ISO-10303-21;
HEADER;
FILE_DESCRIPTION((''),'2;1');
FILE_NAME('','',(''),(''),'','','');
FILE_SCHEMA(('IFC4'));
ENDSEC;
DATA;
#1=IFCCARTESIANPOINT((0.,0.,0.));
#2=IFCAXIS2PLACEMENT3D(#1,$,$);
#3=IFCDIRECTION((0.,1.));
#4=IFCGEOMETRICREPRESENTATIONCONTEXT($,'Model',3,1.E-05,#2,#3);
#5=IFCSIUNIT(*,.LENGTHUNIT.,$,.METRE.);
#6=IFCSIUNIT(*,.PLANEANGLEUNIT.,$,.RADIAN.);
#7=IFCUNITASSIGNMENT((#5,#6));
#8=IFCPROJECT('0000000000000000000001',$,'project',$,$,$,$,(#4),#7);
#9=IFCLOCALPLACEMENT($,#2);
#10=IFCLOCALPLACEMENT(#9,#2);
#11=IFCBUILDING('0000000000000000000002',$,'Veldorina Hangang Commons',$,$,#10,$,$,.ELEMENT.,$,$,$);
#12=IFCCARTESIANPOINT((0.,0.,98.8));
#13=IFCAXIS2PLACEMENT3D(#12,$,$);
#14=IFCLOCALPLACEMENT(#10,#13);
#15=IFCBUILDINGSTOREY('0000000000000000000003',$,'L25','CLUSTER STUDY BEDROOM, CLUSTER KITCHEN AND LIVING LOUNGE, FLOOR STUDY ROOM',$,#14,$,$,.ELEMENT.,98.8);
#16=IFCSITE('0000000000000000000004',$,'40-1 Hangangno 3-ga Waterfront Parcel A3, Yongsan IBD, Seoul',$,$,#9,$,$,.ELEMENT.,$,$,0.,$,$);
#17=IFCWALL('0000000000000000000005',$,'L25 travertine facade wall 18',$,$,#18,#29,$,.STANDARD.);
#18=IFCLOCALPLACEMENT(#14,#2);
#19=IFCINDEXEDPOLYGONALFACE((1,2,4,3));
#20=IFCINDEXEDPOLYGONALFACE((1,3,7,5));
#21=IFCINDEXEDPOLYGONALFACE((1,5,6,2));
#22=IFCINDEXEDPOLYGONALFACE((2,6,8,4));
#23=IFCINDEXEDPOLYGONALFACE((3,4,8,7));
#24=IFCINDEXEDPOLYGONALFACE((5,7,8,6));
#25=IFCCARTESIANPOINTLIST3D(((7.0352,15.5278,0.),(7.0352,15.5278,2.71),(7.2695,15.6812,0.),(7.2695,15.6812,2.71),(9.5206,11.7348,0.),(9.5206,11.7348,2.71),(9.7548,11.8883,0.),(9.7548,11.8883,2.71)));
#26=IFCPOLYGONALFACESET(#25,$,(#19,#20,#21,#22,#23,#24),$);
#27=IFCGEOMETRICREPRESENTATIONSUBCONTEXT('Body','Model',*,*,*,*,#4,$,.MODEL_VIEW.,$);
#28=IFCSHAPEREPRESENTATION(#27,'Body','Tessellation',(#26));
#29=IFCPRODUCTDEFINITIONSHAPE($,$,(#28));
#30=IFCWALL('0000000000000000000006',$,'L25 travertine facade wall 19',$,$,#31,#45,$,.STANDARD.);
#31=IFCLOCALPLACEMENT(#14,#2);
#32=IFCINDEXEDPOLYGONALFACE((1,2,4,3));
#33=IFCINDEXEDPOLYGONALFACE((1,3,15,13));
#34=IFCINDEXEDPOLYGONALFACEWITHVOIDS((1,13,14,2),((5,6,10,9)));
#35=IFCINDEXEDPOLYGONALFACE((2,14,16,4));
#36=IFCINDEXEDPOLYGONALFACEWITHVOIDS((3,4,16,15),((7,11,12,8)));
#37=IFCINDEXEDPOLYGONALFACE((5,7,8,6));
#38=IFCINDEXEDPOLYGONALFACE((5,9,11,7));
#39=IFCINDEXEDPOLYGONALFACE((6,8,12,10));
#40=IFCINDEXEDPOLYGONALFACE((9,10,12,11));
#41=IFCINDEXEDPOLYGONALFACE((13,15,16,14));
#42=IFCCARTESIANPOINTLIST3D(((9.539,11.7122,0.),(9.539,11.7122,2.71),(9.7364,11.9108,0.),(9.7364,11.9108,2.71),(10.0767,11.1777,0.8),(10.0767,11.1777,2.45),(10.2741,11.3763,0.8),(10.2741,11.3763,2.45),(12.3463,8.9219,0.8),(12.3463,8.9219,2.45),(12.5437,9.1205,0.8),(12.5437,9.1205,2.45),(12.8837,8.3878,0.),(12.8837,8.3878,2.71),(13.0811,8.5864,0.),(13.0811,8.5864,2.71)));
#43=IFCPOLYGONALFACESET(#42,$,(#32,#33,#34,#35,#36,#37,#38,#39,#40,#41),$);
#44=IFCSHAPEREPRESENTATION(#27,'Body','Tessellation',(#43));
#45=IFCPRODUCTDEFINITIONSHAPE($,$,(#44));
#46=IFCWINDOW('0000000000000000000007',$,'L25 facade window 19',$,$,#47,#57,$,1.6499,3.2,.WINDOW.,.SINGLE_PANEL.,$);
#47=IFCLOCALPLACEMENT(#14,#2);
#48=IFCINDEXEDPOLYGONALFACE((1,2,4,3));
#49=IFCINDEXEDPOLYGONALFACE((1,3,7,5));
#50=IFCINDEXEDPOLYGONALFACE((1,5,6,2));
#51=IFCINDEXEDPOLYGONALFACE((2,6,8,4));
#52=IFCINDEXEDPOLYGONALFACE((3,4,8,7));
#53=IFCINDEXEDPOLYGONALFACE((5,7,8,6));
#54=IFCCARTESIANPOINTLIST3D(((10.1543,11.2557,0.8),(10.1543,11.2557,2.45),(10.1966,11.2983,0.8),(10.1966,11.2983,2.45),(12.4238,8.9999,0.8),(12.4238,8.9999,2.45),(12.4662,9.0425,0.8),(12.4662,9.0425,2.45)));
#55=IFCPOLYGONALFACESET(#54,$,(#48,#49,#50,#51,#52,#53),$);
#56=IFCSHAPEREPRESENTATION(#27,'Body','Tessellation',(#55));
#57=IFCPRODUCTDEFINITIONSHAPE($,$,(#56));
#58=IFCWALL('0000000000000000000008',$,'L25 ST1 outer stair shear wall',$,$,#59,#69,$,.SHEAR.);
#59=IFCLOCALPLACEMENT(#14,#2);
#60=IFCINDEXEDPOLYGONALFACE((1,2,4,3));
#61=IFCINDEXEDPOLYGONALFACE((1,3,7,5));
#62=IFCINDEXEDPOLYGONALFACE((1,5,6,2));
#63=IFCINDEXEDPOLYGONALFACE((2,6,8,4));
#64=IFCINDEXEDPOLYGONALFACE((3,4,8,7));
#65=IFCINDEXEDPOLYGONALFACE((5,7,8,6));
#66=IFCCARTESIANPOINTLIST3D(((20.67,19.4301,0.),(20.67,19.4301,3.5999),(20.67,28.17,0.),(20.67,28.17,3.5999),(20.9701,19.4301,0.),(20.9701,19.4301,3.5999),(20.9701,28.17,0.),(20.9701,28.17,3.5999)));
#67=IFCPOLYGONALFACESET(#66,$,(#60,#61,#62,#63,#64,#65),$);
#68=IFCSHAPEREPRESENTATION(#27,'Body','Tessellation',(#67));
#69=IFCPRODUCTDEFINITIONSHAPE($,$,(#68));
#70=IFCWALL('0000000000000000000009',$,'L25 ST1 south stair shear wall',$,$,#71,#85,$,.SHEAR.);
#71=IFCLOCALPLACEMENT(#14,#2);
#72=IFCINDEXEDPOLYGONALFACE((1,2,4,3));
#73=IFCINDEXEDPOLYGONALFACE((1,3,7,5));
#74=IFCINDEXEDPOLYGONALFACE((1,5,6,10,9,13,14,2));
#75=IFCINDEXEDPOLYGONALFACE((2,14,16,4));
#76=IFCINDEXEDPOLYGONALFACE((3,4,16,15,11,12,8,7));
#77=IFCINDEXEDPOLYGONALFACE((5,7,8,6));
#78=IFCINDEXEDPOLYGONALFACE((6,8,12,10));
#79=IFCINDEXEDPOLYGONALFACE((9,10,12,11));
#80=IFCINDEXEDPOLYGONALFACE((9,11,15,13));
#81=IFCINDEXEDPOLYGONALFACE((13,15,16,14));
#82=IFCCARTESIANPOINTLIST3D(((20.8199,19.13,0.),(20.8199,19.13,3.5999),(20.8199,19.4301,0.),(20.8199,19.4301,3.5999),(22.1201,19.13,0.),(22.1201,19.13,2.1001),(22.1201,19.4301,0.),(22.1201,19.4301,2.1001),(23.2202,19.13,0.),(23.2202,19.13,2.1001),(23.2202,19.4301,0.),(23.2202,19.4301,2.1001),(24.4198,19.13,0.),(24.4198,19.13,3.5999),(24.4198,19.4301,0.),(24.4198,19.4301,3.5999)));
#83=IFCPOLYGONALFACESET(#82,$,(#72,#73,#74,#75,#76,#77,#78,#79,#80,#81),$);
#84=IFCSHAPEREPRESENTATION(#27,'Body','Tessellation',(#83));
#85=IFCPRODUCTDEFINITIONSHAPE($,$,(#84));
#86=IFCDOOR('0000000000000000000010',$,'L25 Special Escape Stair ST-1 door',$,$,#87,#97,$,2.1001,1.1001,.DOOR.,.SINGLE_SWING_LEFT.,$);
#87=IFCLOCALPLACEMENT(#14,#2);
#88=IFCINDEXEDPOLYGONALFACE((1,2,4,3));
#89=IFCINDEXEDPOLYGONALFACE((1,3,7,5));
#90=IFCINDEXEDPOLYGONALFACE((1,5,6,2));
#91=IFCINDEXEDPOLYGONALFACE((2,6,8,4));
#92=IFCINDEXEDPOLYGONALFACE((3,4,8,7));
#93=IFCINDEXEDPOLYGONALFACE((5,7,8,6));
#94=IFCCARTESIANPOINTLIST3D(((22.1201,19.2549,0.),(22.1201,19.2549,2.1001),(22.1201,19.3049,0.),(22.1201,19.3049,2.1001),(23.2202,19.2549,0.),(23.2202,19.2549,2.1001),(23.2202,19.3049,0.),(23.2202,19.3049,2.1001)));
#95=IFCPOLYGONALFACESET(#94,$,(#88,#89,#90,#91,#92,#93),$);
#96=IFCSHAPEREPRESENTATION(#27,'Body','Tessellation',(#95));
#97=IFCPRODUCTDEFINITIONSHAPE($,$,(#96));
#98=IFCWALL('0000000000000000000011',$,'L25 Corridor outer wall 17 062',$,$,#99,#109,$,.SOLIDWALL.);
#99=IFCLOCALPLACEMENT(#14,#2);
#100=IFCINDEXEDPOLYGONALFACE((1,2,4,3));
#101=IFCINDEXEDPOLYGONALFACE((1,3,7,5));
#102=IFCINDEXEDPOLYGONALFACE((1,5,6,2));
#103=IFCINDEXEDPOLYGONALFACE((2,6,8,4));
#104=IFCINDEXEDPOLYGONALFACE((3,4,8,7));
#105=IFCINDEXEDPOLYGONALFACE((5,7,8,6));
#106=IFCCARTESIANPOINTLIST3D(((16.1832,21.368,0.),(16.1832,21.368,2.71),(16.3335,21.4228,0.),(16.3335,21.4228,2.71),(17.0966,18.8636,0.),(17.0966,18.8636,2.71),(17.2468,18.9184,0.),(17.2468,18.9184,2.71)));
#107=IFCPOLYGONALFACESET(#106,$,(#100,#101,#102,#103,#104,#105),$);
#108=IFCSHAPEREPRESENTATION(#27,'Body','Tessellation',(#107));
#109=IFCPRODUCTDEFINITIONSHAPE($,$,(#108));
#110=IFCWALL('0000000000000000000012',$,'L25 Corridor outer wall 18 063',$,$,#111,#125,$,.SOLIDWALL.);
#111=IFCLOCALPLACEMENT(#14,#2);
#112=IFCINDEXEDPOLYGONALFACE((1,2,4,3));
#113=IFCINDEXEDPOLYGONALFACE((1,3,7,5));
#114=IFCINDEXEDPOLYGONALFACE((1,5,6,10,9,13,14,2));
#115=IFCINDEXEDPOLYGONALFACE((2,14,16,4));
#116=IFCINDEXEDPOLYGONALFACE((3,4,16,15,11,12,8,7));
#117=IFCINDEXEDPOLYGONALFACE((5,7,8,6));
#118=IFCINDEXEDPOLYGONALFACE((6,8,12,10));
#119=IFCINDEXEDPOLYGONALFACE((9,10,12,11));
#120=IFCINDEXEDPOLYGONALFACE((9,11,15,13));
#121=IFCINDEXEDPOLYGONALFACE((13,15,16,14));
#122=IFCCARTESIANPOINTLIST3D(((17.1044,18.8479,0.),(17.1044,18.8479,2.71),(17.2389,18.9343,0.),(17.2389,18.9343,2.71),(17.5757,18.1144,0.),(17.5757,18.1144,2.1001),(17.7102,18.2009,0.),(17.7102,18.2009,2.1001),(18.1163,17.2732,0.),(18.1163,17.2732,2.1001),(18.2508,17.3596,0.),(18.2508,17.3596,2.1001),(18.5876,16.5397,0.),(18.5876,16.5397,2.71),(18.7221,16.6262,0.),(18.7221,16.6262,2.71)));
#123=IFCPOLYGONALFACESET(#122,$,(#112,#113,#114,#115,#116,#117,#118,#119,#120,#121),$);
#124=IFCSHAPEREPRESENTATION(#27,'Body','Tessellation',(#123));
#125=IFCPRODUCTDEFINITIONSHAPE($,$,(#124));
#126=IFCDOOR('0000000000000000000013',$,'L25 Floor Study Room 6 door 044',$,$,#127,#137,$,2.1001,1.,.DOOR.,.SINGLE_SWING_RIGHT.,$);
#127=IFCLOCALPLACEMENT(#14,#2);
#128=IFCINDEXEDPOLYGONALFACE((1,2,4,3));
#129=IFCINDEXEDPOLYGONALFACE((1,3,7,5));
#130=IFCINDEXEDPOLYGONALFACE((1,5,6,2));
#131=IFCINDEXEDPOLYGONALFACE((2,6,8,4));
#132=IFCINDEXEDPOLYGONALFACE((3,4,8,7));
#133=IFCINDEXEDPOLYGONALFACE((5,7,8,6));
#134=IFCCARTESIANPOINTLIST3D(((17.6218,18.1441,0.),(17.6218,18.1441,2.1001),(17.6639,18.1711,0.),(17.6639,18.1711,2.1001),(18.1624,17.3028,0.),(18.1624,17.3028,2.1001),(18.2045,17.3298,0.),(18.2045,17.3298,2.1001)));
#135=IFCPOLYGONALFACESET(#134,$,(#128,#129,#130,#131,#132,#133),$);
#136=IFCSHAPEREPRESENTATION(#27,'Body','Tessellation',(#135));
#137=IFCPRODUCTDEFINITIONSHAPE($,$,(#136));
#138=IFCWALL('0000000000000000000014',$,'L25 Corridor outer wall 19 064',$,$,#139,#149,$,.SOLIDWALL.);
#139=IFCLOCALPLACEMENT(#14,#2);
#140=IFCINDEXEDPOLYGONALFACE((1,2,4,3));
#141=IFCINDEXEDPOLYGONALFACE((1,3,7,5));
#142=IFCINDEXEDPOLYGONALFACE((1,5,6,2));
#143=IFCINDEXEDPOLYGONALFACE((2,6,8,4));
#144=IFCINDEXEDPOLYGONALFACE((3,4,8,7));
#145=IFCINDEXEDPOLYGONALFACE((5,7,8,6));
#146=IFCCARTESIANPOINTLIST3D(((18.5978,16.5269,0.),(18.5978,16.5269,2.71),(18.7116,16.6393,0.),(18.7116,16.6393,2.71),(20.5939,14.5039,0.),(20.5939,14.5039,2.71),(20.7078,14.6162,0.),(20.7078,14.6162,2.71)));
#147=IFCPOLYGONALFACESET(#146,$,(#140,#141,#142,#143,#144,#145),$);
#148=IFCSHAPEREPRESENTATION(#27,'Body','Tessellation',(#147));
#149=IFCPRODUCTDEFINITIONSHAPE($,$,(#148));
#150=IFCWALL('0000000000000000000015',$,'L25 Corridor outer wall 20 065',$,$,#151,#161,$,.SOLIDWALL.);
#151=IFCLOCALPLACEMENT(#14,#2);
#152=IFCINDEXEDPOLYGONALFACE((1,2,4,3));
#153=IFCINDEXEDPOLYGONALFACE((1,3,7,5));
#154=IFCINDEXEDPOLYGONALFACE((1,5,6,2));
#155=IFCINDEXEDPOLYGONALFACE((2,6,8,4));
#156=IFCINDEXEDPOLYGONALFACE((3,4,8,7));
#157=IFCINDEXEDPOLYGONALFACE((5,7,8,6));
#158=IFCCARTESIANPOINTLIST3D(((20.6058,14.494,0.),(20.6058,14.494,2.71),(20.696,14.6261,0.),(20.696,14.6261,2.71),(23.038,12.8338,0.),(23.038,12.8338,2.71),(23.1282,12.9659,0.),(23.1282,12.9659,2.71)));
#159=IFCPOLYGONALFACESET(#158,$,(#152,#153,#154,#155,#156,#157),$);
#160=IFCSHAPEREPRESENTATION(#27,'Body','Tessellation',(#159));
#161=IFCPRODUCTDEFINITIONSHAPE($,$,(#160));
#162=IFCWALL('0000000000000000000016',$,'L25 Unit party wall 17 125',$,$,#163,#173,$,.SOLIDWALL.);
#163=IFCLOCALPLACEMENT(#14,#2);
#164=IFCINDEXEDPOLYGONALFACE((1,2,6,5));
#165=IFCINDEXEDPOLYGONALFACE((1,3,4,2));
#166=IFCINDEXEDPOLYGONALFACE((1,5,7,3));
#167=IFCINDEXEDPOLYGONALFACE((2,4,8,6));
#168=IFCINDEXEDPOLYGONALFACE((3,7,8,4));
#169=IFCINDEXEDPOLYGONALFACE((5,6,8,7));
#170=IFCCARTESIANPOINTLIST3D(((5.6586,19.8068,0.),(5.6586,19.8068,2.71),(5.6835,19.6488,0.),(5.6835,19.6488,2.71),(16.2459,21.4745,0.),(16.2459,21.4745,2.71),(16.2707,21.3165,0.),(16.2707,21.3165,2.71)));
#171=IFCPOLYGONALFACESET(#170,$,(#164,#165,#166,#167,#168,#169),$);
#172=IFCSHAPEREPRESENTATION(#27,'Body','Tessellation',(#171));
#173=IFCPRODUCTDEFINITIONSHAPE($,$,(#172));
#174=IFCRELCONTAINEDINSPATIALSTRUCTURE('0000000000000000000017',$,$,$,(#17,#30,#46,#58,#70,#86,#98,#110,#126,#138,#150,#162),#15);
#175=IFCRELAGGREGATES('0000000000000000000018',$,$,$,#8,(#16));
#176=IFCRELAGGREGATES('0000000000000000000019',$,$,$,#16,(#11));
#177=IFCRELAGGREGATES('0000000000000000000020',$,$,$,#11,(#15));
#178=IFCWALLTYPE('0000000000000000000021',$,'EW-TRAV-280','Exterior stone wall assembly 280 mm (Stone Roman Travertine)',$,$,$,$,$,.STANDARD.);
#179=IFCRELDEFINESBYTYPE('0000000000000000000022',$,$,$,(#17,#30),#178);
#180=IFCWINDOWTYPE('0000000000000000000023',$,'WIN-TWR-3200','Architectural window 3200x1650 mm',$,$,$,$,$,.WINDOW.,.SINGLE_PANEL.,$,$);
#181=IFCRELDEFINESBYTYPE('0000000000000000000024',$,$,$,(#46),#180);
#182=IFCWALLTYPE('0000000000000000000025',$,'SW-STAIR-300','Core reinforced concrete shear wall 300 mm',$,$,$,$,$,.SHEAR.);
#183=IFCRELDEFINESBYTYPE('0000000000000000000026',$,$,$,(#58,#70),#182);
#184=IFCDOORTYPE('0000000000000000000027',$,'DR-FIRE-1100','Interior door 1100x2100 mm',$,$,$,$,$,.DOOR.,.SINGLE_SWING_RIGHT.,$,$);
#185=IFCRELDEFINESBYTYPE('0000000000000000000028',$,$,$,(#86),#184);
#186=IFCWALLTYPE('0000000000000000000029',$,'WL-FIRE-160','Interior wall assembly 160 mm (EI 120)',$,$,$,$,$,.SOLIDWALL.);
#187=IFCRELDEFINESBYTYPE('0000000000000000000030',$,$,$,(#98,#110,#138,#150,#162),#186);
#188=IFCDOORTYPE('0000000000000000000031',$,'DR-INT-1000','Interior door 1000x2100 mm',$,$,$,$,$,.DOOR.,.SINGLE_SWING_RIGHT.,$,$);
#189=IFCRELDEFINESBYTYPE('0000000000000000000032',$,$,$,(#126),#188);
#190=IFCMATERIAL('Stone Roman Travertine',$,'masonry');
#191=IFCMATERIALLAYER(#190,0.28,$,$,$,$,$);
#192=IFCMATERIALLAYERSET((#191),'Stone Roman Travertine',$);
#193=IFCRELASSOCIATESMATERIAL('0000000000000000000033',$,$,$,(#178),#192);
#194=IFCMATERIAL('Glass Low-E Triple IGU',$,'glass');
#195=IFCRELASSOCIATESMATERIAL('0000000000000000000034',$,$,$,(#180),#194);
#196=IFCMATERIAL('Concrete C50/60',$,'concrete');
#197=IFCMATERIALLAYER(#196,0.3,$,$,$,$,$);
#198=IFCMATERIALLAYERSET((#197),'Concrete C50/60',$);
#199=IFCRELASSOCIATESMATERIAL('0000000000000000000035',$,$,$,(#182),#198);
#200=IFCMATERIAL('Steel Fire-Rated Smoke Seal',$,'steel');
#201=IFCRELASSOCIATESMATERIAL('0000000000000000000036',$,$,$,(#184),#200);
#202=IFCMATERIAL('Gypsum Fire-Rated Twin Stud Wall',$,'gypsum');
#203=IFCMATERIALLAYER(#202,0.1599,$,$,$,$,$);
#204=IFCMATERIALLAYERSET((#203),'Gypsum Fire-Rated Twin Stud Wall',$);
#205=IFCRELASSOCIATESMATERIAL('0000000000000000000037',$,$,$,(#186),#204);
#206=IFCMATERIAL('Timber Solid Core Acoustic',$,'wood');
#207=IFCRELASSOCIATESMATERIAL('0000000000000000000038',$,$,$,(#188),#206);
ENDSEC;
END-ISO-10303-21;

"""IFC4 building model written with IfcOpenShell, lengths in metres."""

from ifc_helpers import new_model, si_unit, direction, frame, frame_2d, origin, place, context, subcontext, project, spatial, rectangle, extrude, material, layer, layer_set, type_object, element, fill, save


model = new_model("IFC4")

# Units and contexts
model_context = context("Model", 3, precision=1e-05, world=origin(), true_north=direction((0.0, 1.0)))
body_context = subcontext(model_context, "Body", "Model", "MODEL_VIEW")
ifc_project = project(units=[si_unit("LENGTHUNIT", "METRE"), si_unit("PLANEANGLEUNIT", "RADIAN")], contexts=[model_context])

# Site, building, storey
site_placement = place(None, origin())
site = spatial("IfcSite", under=ifc_project, at=site_placement, Name="40-1 Hangangno 3-ga Waterfront Parcel A3, Yongsan IBD, Seoul", CompositionType="ELEMENT", RefElevation=0.0)
building_placement = place(site_placement, origin())
building = spatial("IfcBuilding", under=site, at=building_placement, Name="Veldorina Hangang Commons", CompositionType="ELEMENT")
storey_placement = place(building_placement, frame((0.0, 0.0, 98.8)))
storey = spatial("IfcBuildingStorey", under=building, at=storey_placement, Name="L25", Description="CLUSTER STUDY BEDROOM, CLUSTER KITCHEN AND LIVING LOUNGE, FLOOR STUDY ROOM", CompositionType="ELEMENT", Elevation=98.8)

# Wall
ifc_material_1 = material(Name="Stone Roman Travertine", Category="masonry")
ifc_layer_1 = layer(ifc_material_1, 0.28)
ifc_layer_set_1 = layer_set([ifc_layer_1], Name="Stone Roman Travertine")
wall_type_1 = type_object("IfcWallType", Name="EW-TRAV-280", Description="Exterior stone wall assembly 280 mm (Stone Roman Travertine)", PredefinedType="STANDARD", material=ifc_layer_set_1)
wall_1_placement = place(storey_placement, frame((7.1523, 15.6045, 0.0), z_axis=(0.0, 0.0, 1.0), x_axis=(0.548073, -0.83643, 0.0)))
element("IfcWall", 1, at=wall_1_placement, inside=storey, type_object=wall_type_1, Name="L25 travertine facade wall 18", PredefinedType="STANDARD", context=body_context, shape_type="SweptSolid", body=[
    extrude(rectangle(XDim=4.5347, YDim=0.28, at=frame_2d((2.2673, 0.0))), origin(), (0.0, 0.0, 1.0), 2.71),
])

# Wall, opening, window
wall_2_placement = place(storey_placement, frame((9.6377, 11.8115, 0.0), z_axis=(0.0, 0.0, 1.0), x_axis=(0.709252, -0.704955, 0.0)))
wall_2 = element("IfcWall", 2, at=wall_2_placement, inside=storey, type_object=wall_type_1, Name="L25 travertine facade wall 19", PredefinedType="STANDARD", context=body_context, shape_type="SweptSolid", body=[
    extrude(rectangle(XDim=4.7158, YDim=0.28, at=frame_2d((2.3579, 0.0))), origin(), (0.0, 0.0, 1.0), 2.71),
])
opening_1_placement = place(wall_2_placement, frame((0.7581, 0.0, 0.8)))
opening_1 = element("IfcOpeningElement", 3, at=opening_1_placement, cuts=wall_2, PredefinedType="OPENING", context=body_context, shape_type="SweptSolid", body=[
    extrude(rectangle(XDim=3.2, YDim=1.6499, at=frame_2d((1.6001, 0.825))), frame((0.0, 0.1499, 0.0), z_axis=(0.0, -1.0, 0.0), x_axis=(1.0, 0.0, 0.0)), (0.0, 0.0, 1.0), 0.3),
])
ifc_material_2 = material(Name="Glass Low-E Triple IGU", Category="glass")
window_type = type_object("IfcWindowType", Name="WIN-TWR-3200", Description="Architectural window 3200x1650 mm", PartitioningType="SINGLE_PANEL", PredefinedType="WINDOW", material=ifc_material_2)
window_placement = place(opening_1_placement, origin())
window = element("IfcWindow", 4, at=window_placement, inside=storey, type_object=window_type, Name="L25 facade window 19", OverallHeight=1.6499, OverallWidth=3.2, PartitioningType="SINGLE_PANEL", PredefinedType="WINDOW", context=body_context, shape_type="SweptSolid", body=[
    extrude(rectangle(XDim=3.2, YDim=1.6499, at=frame_2d((1.6001, 0.825))), frame((0.0, 0.03, 0.0), z_axis=(0.0, -1.0, 0.0), x_axis=(1.0, 0.0, 0.0)), (0.0, 0.0, 1.0), 0.0601),
])
fill(opening_1, window)

# Wall
ifc_material_3 = material(Name="Concrete C50/60", Category="concrete")
ifc_layer_2 = layer(ifc_material_3, 0.3)
ifc_layer_set_2 = layer_set([ifc_layer_2], Name="Concrete C50/60")
wall_type_2 = type_object("IfcWallType", Name="SW-STAIR-300", Description="Core reinforced concrete shear wall 300 mm", PredefinedType="SHEAR", material=ifc_layer_set_2)
wall_3_placement = place(storey_placement, frame((20.8201, 19.4299, 0.0), z_axis=(0.0, 0.0, 1.0), x_axis=(0.0, 1.0, 0.0)))
element("IfcWall", 5, at=wall_3_placement, inside=storey, type_object=wall_type_2, Name="L25 ST1 outer stair shear wall", PredefinedType="SHEAR", context=body_context, shape_type="SweptSolid", body=[
    extrude(rectangle(XDim=8.74, YDim=0.3, at=frame_2d((4.3701, 0.0))), origin(), (0.0, 0.0, 1.0), 3.5999),
])

# Wall, opening, door
wall_4_placement = place(storey_placement, frame((20.8201, 19.28, 0.0), z_axis=(0.0, 0.0, 1.0), x_axis=(1.0, 0.0, 0.0)))
wall_4 = element("IfcWall", 6, at=wall_4_placement, inside=storey, type_object=wall_type_2, Name="L25 ST1 south stair shear wall", PredefinedType="SHEAR", context=body_context, shape_type="SweptSolid", body=[
    extrude(rectangle(XDim=3.5999, YDim=0.3, at=frame_2d((1.7998, 0.0))), origin(), (0.0, 0.0, 1.0), 3.5999),
])
opening_2_placement = place(wall_4_placement, frame((1.3, 0.0, 0.0)))
opening_2 = element("IfcOpeningElement", 7, at=opening_2_placement, cuts=wall_4, PredefinedType="OPENING", context=body_context, shape_type="SweptSolid", body=[
    extrude(rectangle(XDim=1.1001, YDim=2.1001, at=frame_2d((0.55, 1.05))), frame((0.0, 0.1602, 0.0), z_axis=(0.0, -1.0, 0.0), x_axis=(1.0, 0.0, 0.0)), (0.0, 0.0, 1.0), 0.3201),
])
ifc_material_4 = material(Name="Steel Fire-Rated Smoke Seal", Category="steel")
door_type_1 = type_object("IfcDoorType", Name="DR-FIRE-1100", Description="Interior door 1100x2100 mm", OperationType="SINGLE_SWING_RIGHT", PredefinedType="DOOR", material=ifc_material_4)
door_1_placement = place(opening_2_placement, origin())
door_1 = element("IfcDoor", 8, at=door_1_placement, inside=storey, type_object=door_type_1, Name="L25 Special Escape Stair ST-1 door", OperationType="SINGLE_SWING_LEFT", OverallHeight=2.1001, OverallWidth=1.1001, PredefinedType="DOOR", context=body_context, shape_type="SweptSolid", body=[
    extrude(rectangle(XDim=1.1001, YDim=2.1001, at=frame_2d((0.55, 1.05))), frame((0.0, 0.0249, 0.0), z_axis=(0.0, -1.0, 0.0), x_axis=(1.0, 0.0, 0.0)), (0.0, 0.0, 1.0), 0.05),
])
fill(opening_2, door_1)

# Wall
ifc_material_5 = material(Name="Gypsum Fire-Rated Twin Stud Wall", Category="gypsum")
ifc_layer_3 = layer(ifc_material_5, 0.1599)
ifc_layer_set_3 = layer_set([ifc_layer_3], Name="Gypsum Fire-Rated Twin Stud Wall")
wall_type_3 = type_object("IfcWallType", Name="WL-FIRE-160", Description="Interior wall assembly 160 mm (EI 120)", PredefinedType="SOLIDWALL", material=ifc_layer_set_3)
wall_5_placement = place(storey_placement, frame((16.2583, 21.3955, 0.0), z_axis=(0.0, 0.0, 1.0), x_axis=(0.342618, -0.939475, 0.0)))
element("IfcWall", 9, at=wall_5_placement, inside=storey, type_object=wall_type_3, Name="L25 Corridor outer wall 17 062", PredefinedType="SOLIDWALL", context=body_context, shape_type="SweptSolid", body=[
    extrude(rectangle(XDim=2.6658, YDim=0.1599, at=frame_2d((1.333, 0.0))), origin(), (0.0, 0.0, 1.0), 2.71),
])

# Wall, opening, door
wall_6_placement = place(storey_placement, frame((17.1716, 18.8911, 0.0), z_axis=(0.0, 0.0, 1.0), x_axis=(0.540596, -0.841283, 0.0)))
wall_6 = element("IfcWall", 10, at=wall_6_placement, inside=storey, type_object=wall_type_3, Name="L25 Corridor outer wall 18 063", PredefinedType="SOLIDWALL", context=body_context, shape_type="SweptSolid", body=[
    extrude(rectangle(XDim=2.7437, YDim=0.1599, at=frame_2d((1.3718, 0.0))), origin(), (0.0, 0.0, 1.0), 2.71),
])
opening_3_placement = place(wall_6_placement, frame((0.8718, 0.0, 0.0)))
opening_3 = element("IfcOpeningElement", 11, at=opening_3_placement, cuts=wall_6, PredefinedType="OPENING", context=body_context, shape_type="SweptSolid", body=[
    extrude(rectangle(XDim=1.0, YDim=2.1001, at=frame_2d((0.5, 1.05))), frame((0.0, 0.0898, 0.0), z_axis=(0.0, -1.0, 0.0), x_axis=(1.0, 0.0, 0.0)), (0.0, 0.0, 1.0), 0.1799),
])
ifc_material_6 = material(Name="Timber Solid Core Acoustic", Category="wood")
door_type_2 = type_object("IfcDoorType", Name="DR-INT-1000", Description="Interior door 1000x2100 mm", OperationType="SINGLE_SWING_RIGHT", PredefinedType="DOOR", material=ifc_material_6)
door_2_placement = place(opening_3_placement, origin())
door_2 = element("IfcDoor", 12, at=door_2_placement, inside=storey, type_object=door_type_2, Name="L25 Floor Study Room 6 door 044", OperationType="SINGLE_SWING_RIGHT", OverallHeight=2.1001, OverallWidth=1.0, PredefinedType="DOOR", context=body_context, shape_type="SweptSolid", body=[
    extrude(rectangle(XDim=1.0, YDim=2.1001, at=frame_2d((0.5, 1.05))), frame((0.0, 0.0249, 0.0), z_axis=(0.0, -1.0, 0.0), x_axis=(1.0, 0.0, 0.0)), (0.0, 0.0, 1.0), 0.05),
])
fill(opening_3, door_2)

# Walls
wall_7_placement = place(storey_placement, frame((18.6548, 16.583, 0.0), z_axis=(0.0, 0.0, 1.0), x_axis=(0.702366, -0.711816, 0.0)))
element("IfcWall", 13, at=wall_7_placement, inside=storey, type_object=wall_type_3, Name="L25 Corridor outer wall 19 064", PredefinedType="SOLIDWALL", context=body_context, shape_type="SweptSolid", body=[
    extrude(rectangle(XDim=2.842, YDim=0.1599, at=frame_2d((1.4209, 0.0))), origin(), (0.0, 0.0, 1.0), 2.71),
])
wall_8_placement = place(storey_placement, frame((20.6509, 14.5601, 0.0), z_axis=(0.0, 0.0, 1.0), x_axis=(0.825929, -0.563774, 0.0)))
element("IfcWall", 14, at=wall_8_placement, inside=storey, type_object=wall_type_3, Name="L25 Corridor outer wall 20 065", PredefinedType="SOLIDWALL", context=body_context, shape_type="SweptSolid", body=[
    extrude(rectangle(XDim=2.9448, YDim=0.1599, at=frame_2d((1.4724, 0.0))), origin(), (0.0, 0.0, 1.0), 2.71),
])
wall_9_placement = place(storey_placement, frame((16.2583, 21.3955, 0.0), z_axis=(0.0, 0.0, 1.0), x_axis=(-0.987819, -0.155605, 0.0)))
element("IfcWall", 15, at=wall_9_placement, inside=storey, type_object=wall_type_3, Name="L25 Unit party wall 17 125", PredefinedType="SOLIDWALL", context=body_context, shape_type="SweptSolid", body=[
    extrude(rectangle(XDim=10.7178, YDim=0.1599, at=frame_2d((5.3589, 0.0))), origin(), (0.0, 0.0, 1.0), 2.71),
])

save(model, "model.ifc")
